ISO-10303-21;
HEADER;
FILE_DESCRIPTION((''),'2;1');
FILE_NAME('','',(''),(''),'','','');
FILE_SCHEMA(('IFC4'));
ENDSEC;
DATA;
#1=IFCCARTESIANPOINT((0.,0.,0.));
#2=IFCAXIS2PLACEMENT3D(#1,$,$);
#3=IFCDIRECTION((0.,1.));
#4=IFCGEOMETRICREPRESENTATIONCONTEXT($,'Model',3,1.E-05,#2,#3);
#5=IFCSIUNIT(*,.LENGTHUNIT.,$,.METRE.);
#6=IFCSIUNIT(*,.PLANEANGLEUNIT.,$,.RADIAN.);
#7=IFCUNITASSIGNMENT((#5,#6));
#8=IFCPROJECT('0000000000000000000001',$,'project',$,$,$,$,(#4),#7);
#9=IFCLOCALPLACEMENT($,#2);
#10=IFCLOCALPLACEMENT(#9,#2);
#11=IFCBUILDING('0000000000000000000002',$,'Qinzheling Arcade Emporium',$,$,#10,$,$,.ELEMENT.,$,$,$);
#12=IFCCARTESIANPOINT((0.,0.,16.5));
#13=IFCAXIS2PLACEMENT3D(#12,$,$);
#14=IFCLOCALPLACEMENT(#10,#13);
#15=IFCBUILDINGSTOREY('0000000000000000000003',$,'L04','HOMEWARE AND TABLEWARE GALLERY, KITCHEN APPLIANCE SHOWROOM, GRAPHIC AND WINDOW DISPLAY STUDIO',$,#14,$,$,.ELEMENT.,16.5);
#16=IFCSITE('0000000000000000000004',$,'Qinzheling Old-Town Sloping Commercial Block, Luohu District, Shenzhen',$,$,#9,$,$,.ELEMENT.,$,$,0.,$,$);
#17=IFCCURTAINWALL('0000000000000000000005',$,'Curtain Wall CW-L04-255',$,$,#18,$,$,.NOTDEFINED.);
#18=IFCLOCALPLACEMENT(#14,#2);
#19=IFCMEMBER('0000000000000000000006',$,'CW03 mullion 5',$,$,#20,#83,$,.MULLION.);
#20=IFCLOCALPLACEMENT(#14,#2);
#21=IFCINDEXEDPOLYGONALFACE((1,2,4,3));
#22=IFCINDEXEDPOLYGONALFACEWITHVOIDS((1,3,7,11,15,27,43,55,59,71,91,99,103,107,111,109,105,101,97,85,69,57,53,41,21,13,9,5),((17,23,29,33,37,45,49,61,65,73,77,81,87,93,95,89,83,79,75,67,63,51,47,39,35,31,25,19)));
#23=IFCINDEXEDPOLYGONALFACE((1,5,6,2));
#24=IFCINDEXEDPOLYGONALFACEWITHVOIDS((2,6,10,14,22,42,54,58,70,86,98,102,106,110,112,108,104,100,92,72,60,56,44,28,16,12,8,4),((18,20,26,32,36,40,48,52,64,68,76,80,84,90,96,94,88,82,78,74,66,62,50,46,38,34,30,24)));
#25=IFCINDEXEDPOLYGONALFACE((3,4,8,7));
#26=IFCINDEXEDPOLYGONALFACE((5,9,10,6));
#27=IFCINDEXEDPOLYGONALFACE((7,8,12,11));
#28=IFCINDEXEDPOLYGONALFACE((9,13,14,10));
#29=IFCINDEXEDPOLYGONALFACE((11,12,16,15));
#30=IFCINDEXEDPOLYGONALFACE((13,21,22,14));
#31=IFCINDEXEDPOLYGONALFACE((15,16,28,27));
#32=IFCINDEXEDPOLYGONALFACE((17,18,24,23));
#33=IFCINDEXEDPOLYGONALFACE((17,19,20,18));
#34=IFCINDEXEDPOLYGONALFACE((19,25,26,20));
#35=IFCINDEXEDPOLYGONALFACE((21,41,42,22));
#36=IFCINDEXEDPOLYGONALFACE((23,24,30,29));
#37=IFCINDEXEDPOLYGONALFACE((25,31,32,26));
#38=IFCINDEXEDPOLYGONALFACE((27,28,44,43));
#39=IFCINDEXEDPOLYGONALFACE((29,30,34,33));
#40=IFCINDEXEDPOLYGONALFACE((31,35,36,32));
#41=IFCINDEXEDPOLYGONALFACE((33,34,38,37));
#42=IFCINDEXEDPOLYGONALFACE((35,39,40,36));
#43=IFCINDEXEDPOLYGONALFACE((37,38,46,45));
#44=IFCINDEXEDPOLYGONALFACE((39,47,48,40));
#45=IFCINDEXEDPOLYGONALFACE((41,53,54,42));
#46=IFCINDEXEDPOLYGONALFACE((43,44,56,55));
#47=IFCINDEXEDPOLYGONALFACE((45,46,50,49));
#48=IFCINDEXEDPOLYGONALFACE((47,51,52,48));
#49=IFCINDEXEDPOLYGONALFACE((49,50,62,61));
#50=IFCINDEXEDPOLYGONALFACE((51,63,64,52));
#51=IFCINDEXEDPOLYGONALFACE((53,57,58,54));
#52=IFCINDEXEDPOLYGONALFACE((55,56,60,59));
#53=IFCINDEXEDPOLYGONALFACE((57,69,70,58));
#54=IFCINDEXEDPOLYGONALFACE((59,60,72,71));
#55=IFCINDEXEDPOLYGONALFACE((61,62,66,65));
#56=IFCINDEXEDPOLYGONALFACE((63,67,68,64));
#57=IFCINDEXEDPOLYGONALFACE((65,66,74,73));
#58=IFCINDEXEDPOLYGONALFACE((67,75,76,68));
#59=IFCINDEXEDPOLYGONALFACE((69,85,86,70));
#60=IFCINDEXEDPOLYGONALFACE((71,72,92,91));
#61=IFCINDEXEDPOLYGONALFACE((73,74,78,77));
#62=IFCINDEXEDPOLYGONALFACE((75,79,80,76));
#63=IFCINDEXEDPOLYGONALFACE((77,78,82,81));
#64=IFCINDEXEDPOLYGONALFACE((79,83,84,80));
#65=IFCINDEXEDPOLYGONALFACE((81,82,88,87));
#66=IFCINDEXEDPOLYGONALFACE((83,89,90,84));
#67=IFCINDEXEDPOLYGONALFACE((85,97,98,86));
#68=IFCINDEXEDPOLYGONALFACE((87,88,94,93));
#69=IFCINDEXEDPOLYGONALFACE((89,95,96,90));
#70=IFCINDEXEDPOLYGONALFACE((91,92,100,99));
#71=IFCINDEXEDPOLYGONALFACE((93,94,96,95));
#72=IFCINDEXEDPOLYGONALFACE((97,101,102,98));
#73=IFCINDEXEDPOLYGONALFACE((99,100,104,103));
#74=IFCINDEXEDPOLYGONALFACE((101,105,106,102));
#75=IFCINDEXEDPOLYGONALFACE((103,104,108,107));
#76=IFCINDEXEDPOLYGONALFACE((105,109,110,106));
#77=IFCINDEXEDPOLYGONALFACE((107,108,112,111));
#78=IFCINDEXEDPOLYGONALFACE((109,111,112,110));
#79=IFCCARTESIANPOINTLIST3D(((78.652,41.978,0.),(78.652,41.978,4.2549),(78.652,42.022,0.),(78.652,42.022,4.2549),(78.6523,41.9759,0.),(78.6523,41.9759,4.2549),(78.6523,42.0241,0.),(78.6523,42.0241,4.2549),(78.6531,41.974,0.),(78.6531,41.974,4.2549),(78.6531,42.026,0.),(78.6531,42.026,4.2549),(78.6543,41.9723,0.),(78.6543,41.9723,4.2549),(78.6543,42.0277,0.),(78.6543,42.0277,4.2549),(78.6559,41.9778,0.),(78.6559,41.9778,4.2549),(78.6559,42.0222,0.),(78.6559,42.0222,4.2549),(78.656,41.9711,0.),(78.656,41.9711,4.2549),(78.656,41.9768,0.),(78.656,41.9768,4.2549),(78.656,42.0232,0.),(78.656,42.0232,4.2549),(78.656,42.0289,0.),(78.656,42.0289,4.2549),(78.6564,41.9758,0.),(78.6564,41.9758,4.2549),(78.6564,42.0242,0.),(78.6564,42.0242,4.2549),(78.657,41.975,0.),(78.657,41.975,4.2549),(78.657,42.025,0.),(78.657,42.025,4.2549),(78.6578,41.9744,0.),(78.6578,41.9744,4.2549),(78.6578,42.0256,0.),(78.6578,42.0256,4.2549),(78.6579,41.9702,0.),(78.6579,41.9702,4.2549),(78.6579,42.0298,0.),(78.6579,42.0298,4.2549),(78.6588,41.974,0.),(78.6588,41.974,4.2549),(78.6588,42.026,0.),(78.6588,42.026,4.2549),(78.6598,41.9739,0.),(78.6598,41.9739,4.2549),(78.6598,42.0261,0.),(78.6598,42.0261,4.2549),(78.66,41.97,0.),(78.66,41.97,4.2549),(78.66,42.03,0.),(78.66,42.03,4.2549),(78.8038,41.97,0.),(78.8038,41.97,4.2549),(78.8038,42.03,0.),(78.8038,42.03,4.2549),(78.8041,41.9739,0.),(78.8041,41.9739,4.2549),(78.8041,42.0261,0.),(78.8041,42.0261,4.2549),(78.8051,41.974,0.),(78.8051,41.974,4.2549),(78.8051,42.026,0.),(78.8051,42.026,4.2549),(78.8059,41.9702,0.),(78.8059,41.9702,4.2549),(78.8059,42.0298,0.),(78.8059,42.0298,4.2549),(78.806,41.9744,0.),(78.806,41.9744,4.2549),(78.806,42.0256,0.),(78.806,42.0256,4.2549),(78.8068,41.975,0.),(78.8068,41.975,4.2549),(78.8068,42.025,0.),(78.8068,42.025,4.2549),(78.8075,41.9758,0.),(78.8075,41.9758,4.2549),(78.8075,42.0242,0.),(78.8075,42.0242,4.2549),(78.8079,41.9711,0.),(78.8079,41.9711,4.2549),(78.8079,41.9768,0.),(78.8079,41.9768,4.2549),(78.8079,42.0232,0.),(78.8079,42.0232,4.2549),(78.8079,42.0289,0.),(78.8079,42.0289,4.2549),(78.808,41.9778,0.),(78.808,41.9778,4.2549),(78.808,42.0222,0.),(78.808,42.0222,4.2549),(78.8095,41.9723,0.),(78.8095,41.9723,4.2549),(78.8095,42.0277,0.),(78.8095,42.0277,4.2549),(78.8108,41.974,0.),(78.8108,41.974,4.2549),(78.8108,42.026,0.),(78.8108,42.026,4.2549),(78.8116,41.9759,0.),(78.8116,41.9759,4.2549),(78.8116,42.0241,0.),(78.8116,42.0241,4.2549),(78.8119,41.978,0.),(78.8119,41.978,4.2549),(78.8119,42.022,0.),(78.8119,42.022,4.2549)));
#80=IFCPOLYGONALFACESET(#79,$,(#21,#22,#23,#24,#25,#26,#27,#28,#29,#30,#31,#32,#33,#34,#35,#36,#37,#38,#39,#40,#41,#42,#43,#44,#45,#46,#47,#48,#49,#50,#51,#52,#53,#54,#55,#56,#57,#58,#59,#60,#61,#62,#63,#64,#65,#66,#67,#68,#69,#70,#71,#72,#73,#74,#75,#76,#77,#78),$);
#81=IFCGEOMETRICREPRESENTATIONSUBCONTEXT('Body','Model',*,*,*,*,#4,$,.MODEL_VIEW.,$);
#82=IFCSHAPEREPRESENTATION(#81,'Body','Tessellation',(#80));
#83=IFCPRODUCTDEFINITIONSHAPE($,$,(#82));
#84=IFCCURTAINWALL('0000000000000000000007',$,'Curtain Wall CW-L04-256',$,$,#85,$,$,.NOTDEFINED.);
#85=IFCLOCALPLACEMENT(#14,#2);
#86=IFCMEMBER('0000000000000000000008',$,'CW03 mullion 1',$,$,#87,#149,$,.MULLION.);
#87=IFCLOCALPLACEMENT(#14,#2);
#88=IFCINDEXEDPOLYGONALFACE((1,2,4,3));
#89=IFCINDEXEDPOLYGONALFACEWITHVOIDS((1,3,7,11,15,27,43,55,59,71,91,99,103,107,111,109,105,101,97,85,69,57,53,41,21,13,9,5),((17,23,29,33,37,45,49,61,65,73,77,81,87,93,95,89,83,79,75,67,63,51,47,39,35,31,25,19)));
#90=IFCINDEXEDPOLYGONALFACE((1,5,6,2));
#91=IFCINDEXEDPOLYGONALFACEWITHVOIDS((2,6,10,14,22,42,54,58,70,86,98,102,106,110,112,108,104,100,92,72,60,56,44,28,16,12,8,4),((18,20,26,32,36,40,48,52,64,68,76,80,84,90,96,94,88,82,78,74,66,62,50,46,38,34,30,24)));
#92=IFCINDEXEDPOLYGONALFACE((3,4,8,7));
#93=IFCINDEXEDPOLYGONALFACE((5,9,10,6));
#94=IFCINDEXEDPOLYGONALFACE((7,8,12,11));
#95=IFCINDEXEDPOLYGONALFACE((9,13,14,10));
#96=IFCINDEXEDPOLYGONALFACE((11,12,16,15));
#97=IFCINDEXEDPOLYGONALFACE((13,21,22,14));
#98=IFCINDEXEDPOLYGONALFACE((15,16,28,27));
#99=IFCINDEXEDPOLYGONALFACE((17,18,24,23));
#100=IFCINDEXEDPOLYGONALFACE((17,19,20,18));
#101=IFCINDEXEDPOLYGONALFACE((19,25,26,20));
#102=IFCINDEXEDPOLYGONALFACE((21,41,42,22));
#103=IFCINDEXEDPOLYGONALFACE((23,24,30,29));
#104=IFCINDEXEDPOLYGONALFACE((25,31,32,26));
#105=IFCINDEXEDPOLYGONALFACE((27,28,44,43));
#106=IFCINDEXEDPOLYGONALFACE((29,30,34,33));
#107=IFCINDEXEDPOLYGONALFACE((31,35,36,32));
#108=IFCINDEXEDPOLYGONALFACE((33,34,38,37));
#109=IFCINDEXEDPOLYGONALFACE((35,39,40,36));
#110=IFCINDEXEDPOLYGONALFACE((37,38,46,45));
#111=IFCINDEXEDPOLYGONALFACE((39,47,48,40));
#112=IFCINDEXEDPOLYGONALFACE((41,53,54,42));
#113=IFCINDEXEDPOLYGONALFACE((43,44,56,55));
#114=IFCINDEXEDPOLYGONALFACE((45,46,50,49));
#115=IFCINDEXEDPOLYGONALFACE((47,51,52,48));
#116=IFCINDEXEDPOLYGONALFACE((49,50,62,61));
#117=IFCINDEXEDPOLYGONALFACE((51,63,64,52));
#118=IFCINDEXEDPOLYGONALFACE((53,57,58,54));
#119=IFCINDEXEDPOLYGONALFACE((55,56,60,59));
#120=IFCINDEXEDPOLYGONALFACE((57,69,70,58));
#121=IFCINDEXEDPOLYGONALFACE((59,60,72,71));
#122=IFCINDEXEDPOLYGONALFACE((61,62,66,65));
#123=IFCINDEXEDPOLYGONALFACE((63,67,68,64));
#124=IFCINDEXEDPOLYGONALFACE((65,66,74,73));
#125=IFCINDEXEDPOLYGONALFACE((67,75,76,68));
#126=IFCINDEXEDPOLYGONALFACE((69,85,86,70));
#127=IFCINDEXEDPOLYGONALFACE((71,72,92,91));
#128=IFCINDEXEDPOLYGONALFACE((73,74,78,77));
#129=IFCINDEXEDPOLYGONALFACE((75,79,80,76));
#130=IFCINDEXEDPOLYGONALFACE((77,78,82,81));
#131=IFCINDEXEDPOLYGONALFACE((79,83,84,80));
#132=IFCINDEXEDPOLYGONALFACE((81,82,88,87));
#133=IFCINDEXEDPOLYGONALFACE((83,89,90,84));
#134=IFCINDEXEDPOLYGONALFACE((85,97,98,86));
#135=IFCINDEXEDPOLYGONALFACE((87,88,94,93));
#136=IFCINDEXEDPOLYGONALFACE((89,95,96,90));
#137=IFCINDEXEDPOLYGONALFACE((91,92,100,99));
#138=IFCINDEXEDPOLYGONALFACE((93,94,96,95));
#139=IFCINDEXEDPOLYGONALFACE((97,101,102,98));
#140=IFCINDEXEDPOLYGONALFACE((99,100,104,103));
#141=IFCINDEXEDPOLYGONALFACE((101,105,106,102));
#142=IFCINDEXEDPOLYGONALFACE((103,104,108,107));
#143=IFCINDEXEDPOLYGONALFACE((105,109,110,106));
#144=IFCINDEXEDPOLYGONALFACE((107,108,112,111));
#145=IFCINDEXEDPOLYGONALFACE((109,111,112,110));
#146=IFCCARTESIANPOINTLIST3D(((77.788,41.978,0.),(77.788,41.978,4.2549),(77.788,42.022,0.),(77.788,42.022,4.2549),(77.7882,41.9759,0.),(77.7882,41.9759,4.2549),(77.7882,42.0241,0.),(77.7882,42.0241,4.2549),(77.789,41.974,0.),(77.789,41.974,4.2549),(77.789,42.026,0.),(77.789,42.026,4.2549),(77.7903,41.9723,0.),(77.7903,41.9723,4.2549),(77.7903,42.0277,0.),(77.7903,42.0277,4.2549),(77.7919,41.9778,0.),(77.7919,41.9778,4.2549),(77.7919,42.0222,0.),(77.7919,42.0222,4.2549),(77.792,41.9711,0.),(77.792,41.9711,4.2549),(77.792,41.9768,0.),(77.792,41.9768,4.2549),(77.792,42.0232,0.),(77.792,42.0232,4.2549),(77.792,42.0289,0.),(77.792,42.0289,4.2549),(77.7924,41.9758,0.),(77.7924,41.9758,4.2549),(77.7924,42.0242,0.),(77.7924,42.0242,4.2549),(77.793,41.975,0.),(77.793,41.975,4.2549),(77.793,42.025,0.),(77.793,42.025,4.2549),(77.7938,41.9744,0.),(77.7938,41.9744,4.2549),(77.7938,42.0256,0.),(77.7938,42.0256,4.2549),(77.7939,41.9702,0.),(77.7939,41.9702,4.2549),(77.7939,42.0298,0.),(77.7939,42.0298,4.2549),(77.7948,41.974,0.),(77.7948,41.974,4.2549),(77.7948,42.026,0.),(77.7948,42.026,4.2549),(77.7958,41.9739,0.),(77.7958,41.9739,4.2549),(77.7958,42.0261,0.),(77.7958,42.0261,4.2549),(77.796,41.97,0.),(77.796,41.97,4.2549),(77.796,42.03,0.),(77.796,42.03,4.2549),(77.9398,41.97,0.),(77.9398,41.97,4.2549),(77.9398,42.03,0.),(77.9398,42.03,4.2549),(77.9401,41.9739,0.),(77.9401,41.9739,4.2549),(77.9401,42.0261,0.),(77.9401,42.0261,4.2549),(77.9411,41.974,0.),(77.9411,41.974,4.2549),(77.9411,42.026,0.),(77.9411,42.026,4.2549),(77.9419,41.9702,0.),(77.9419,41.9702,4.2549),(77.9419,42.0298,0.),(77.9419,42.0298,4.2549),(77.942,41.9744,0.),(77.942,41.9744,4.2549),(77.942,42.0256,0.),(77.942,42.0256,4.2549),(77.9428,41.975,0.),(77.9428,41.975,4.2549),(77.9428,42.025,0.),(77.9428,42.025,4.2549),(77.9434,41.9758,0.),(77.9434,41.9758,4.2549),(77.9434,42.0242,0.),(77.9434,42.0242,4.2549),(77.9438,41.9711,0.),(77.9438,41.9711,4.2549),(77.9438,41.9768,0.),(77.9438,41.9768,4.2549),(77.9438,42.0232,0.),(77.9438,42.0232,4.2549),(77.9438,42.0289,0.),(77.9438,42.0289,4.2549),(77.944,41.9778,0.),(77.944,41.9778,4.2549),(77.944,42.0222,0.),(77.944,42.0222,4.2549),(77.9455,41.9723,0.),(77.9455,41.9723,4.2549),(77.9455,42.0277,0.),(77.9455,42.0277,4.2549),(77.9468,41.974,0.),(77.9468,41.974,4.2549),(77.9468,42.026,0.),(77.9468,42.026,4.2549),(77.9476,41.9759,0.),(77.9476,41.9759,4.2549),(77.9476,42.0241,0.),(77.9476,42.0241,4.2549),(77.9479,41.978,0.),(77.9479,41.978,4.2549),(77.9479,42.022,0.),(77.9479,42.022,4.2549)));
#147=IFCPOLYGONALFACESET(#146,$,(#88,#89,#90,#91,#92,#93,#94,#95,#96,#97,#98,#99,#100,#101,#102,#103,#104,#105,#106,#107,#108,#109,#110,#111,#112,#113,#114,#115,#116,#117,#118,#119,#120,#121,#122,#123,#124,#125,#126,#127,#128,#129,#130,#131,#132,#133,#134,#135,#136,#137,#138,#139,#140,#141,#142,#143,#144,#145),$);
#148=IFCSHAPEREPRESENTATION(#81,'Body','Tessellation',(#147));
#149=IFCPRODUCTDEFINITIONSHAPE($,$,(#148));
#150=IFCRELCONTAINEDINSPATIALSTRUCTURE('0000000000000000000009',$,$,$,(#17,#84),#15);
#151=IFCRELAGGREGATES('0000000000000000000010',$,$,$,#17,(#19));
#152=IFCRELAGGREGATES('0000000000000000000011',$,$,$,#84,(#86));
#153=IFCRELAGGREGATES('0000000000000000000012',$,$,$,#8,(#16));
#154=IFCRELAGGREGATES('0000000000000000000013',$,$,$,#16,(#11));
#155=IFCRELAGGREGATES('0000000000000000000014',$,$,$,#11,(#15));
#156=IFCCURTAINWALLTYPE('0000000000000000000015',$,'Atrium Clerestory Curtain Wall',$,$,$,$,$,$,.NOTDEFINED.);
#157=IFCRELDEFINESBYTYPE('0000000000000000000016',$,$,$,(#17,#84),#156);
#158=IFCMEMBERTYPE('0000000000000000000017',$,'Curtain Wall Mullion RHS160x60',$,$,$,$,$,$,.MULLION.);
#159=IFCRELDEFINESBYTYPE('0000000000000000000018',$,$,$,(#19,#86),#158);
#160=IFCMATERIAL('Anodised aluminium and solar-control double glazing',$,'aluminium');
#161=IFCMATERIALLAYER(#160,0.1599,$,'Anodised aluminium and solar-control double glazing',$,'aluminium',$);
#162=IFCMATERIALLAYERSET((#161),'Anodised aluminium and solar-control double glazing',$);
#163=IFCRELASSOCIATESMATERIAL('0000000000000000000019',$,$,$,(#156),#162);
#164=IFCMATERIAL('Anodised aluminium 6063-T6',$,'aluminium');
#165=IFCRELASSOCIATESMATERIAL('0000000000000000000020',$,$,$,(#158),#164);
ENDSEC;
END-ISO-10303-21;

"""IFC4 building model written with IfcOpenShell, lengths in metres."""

from ifc_helpers import new_model, si_unit, direction, frame, origin, origin_2d, place, context, subcontext, project, spatial, hollow_rectangle, extrude, material, layer, layer_set, material_profile, profile_set, type_object, element, aggregate, save


model = new_model("IFC4")

# Units and contexts
model_context = context("Model", 3, precision=1e-05, world=origin(), true_north=direction((0.0, 1.0)))
body_context = subcontext(model_context, "Body", "Model", "MODEL_VIEW")
ifc_project = project(units=[si_unit("LENGTHUNIT", "METRE"), si_unit("PLANEANGLEUNIT", "RADIAN")], contexts=[model_context])

# Site, building, storey
site_placement = place(None, origin())
site = spatial("IfcSite", under=ifc_project, at=site_placement, Name="Qinzheling Old-Town Sloping Commercial Block, Luohu District, Shenzhen", CompositionType="ELEMENT", RefElevation=0.0)
building_placement = place(site_placement, origin())
building = spatial("IfcBuilding", under=site, at=building_placement, Name="Qinzheling Arcade Emporium", CompositionType="ELEMENT")
storey_placement = place(building_placement, frame((0.0, 0.0, 16.5)))
storey = spatial("IfcBuildingStorey", under=building, at=storey_placement, Name="L04", Description="HOMEWARE AND TABLEWARE GALLERY, KITCHEN APPLIANCE SHOWROOM, GRAPHIC AND WINDOW DISPLAY STUDIO", CompositionType="ELEMENT", Elevation=16.5)

# Curtain walls, members
ifc_material_1 = material(Name="Anodised aluminium and solar-control double glazing", Category="aluminium")
ifc_layer_1 = layer(ifc_material_1, 0.1599, Name="Anodised aluminium and solar-control double glazing", Category="aluminium")
ifc_layer_set_1 = layer_set([ifc_layer_1], Name="Anodised aluminium and solar-control double glazing")
curtain_wall_type = type_object("IfcCurtainWallType", Name="Atrium Clerestory Curtain Wall", PredefinedType="NOTDEFINED", material=ifc_layer_set_1)
curtain_wall_1_placement = place(storey_placement, origin())
curtain_wall_1 = element("IfcCurtainWall", 1, at=curtain_wall_1_placement, inside=storey, type_object=curtain_wall_type, Name="Curtain Wall CW-L04-255", PredefinedType="NOTDEFINED")
ifc_material_2 = material(Name="Anodised aluminium 6063-T6", Category="aluminium")
ifc_material_profile_1 = material_profile(ifc_material_2, hollow_rectangle(XDim=0.0601, YDim=0.1599, WallThickness=0.0039, InnerFilletRadius=0.0039, OuterFilletRadius=0.0081, at=origin_2d()), Name="RHS 160x60x4", Category="aluminium")
ifc_profile_set_1 = profile_set([ifc_material_profile_1], Name="Anodised aluminium 6063-T6")
member_type_1 = type_object("IfcMemberType", Name="Curtain Wall Mullion RHS160x60", PredefinedType="MULLION", material=ifc_profile_set_1)
member_1_placement = place(storey_placement, frame((78.7319, 42.0, 0.0), z_axis=(0.0, 0.0, 1.0), x_axis=(0.0, -1.0, 0.0)))
member_1 = element("IfcMember", 2, at=member_1_placement, type_object=member_type_1, Name="CW03 mullion 5", PredefinedType="MULLION", context=body_context, shape_type="SweptSolid", body=[
    extrude(hollow_rectangle(XDim=0.0601, YDim=0.1599, WallThickness=0.0039, InnerFilletRadius=0.0039, OuterFilletRadius=0.0081, at=origin_2d()), origin(), (0.0, 0.0, 1.0), 4.2549),
])
curtain_wall_2_placement = place(storey_placement, origin())
curtain_wall_2 = element("IfcCurtainWall", 3, at=curtain_wall_2_placement, inside=storey, type_object=curtain_wall_type, Name="Curtain Wall CW-L04-256", PredefinedType="NOTDEFINED")
member_2_placement = place(storey_placement, frame((77.8679, 42.0, 0.0), z_axis=(0.0, 0.0, 1.0), x_axis=(0.0, -1.0, 0.0)))
member_2 = element("IfcMember", 4, at=member_2_placement, type_object=member_type_1, Name="CW03 mullion 1", PredefinedType="MULLION", context=body_context, shape_type="SweptSolid", body=[
    extrude(hollow_rectangle(XDim=0.0601, YDim=0.1599, WallThickness=0.0039, InnerFilletRadius=0.0039, OuterFilletRadius=0.0081, at=origin_2d()), origin(), (0.0, 0.0, 1.0), 4.2549),
])

aggregate(curtain_wall_1, [member_1])
aggregate(curtain_wall_2, [member_2])

save(model, "model.ifc")
